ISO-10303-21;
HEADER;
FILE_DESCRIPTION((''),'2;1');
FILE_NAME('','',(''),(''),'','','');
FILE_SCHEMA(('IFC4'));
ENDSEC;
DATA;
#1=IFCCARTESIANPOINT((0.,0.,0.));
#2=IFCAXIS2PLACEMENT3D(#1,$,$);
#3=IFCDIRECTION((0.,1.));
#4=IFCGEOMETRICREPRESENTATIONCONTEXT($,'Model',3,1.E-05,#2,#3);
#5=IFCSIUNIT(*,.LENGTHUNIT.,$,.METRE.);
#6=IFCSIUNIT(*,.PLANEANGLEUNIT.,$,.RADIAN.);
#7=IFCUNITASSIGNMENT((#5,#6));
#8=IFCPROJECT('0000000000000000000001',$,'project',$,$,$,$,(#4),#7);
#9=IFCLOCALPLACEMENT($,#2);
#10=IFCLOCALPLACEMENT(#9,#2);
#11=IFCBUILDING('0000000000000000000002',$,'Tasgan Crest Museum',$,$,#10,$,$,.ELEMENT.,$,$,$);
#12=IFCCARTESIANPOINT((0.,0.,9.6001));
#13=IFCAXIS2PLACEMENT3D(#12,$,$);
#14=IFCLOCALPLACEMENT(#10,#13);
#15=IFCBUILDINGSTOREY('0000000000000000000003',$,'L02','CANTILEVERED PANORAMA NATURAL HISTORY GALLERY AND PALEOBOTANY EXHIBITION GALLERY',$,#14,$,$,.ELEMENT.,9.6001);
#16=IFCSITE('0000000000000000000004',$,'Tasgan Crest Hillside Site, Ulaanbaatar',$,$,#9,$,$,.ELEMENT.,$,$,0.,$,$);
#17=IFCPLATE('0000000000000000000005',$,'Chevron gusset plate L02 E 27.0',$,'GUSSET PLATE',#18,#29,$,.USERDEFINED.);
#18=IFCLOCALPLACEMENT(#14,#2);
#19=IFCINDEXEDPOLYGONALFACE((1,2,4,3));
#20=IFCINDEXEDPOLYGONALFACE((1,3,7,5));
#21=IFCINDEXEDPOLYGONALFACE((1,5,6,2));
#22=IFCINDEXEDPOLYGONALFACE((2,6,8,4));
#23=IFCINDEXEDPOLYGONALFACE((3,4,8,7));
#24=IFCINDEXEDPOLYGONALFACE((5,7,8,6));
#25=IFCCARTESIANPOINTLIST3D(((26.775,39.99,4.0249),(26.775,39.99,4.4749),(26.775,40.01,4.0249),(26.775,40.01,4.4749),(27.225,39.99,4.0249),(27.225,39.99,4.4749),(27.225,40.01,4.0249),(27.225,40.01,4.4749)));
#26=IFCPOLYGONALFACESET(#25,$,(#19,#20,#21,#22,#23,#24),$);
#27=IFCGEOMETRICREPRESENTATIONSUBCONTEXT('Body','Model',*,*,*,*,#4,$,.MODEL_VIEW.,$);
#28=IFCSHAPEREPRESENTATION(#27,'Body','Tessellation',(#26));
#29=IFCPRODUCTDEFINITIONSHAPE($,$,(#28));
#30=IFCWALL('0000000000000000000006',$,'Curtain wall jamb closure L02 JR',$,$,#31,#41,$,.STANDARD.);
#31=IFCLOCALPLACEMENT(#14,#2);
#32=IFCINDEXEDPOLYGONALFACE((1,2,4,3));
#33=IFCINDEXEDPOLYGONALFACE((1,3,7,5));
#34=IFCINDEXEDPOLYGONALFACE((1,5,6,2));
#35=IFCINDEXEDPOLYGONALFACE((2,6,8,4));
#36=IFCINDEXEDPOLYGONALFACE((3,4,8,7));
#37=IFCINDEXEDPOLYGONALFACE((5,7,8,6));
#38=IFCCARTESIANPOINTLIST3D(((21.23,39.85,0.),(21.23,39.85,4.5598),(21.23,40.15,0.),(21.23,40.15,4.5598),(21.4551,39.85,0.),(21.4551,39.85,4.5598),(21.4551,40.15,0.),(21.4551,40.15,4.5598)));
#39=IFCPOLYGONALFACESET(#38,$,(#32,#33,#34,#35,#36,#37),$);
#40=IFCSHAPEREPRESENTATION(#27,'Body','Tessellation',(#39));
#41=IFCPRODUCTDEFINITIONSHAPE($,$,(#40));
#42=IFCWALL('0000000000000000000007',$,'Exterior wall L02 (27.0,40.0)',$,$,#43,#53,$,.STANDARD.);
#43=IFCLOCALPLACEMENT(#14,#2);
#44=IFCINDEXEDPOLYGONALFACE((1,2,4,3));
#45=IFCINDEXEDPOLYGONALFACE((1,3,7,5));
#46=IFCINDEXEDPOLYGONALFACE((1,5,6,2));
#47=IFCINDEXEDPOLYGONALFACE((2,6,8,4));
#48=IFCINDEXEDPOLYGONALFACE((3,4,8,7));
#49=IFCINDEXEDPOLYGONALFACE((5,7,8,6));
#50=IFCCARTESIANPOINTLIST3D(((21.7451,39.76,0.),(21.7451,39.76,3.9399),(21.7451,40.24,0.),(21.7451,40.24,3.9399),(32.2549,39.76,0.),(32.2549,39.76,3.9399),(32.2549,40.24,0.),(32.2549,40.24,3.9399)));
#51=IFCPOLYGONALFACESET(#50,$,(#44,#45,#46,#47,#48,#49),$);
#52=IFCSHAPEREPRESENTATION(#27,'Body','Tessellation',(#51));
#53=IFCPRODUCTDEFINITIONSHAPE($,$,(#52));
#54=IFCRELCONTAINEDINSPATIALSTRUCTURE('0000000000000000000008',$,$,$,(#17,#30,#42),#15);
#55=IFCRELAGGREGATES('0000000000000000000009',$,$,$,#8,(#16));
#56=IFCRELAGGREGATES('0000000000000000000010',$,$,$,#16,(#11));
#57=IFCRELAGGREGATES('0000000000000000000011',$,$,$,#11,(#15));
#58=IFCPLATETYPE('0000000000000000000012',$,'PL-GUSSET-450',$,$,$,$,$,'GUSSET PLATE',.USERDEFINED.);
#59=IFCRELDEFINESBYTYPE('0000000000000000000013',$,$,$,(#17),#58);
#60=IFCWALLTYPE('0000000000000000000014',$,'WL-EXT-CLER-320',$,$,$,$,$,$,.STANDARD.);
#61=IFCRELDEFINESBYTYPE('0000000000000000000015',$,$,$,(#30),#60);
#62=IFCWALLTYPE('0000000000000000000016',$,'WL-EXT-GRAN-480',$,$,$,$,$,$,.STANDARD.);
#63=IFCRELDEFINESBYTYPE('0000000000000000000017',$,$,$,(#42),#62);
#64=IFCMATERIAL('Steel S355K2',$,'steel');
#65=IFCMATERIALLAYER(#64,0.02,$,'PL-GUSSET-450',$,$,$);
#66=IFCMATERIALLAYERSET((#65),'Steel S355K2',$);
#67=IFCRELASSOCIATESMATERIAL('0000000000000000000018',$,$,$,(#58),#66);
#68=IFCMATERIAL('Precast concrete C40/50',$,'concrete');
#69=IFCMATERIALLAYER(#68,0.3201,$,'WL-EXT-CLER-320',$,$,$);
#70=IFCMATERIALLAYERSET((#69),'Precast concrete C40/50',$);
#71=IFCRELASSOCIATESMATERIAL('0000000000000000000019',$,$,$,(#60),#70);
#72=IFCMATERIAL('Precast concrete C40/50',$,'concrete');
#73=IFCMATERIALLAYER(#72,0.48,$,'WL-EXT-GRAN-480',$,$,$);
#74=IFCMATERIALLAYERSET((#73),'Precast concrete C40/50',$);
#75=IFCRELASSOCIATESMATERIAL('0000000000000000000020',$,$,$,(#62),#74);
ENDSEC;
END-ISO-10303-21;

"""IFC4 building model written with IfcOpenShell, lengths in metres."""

from ifc_helpers import new_model, si_unit, direction, frame, frame_2d, origin, origin_2d, place, context, subcontext, project, spatial, rectangle, extrude, material, layer, layer_set, type_object, element, save


model = new_model("IFC4")

# Units and contexts
model_context = context("Model", 3, precision=1e-05, world=origin(), true_north=direction((0.0, 1.0)))
body_context = subcontext(model_context, "Body", "Model", "MODEL_VIEW")
ifc_project = project(units=[si_unit("LENGTHUNIT", "METRE"), si_unit("PLANEANGLEUNIT", "RADIAN")], contexts=[model_context])

# Site, building, storey
site_placement = place(None, origin())
site = spatial("IfcSite", under=ifc_project, at=site_placement, Name="Tasgan Crest Hillside Site, Ulaanbaatar", CompositionType="ELEMENT", RefElevation=0.0)
building_placement = place(site_placement, origin())
building = spatial("IfcBuilding", under=site, at=building_placement, Name="Tasgan Crest Museum", CompositionType="ELEMENT")
storey_placement = place(building_placement, frame((0.0, 0.0, 9.6001)))
storey = spatial("IfcBuildingStorey", under=building, at=storey_placement, Name="L02", Description="CANTILEVERED PANORAMA NATURAL HISTORY GALLERY AND PALEOBOTANY EXHIBITION GALLERY", CompositionType="ELEMENT", Elevation=9.6001)

# Plate
ifc_material_1 = material(Name="Steel S355K2", Category="steel")
ifc_layer_1 = layer(ifc_material_1, 0.02, Name="PL-GUSSET-450")
ifc_layer_set_1 = layer_set([ifc_layer_1], Name="Steel S355K2")
plate_type_1 = type_object("IfcPlateType", Name="PL-GUSSET-450", ElementType="GUSSET PLATE", PredefinedType="USERDEFINED", material=ifc_layer_set_1)
plate_1_placement = place(storey_placement, frame((27.0, 40.0, 4.0249), z_axis=(0.0, 0.0, 1.0), x_axis=(1.0, 0.0, 0.0)))
element("IfcPlate", 1, at=plate_1_placement, inside=storey, type_object=plate_type_1, Name="Chevron gusset plate L02 E 27.0", ObjectType="GUSSET PLATE", PredefinedType="USERDEFINED", context=body_context, shape_type="SweptSolid", body=[
    extrude(rectangle(XDim=0.45, YDim=0.02, at=origin_2d()), origin(), (0.0, 0.0, 1.0), 0.45),
])

# Walls
ifc_material_2 = material(Name="Precast concrete C40/50", Category="concrete")
ifc_layer_2 = layer(ifc_material_2, 0.3201, Name="WL-EXT-CLER-320")
ifc_layer_set_2 = layer_set([ifc_layer_2], Name="Precast concrete C40/50")
wall_type_1 = type_object("IfcWallType", Name="WL-EXT-CLER-320", PredefinedType="STANDARD", material=ifc_layer_set_2)
wall_1_placement = place(storey_placement, frame((21.23, 40.0, 0.0), z_axis=(0.0, 0.0, 1.0), x_axis=(1.0, 0.0, 0.0)))
element("IfcWall", 2, at=wall_1_placement, inside=storey, type_object=wall_type_1, Name="Curtain wall jamb closure L02 JR", PredefinedType="STANDARD", context=body_context, shape_type="SweptSolid", body=[
    extrude(rectangle(XDim=0.2251, YDim=0.3, at=frame_2d((0.1125, 0.0))), origin(), (0.0, 0.0, 1.0), 4.5598),
])
ifc_material_3 = material(Name="Precast concrete C40/50", Category="concrete")
ifc_layer_3 = layer(ifc_material_3, 0.48, Name="WL-EXT-GRAN-480")
ifc_layer_set_3 = layer_set([ifc_layer_3], Name="Precast concrete C40/50")
wall_type_2 = type_object("IfcWallType", Name="WL-EXT-GRAN-480", PredefinedType="STANDARD", material=ifc_layer_set_3)
wall_2_placement = place(storey_placement, frame((21.7451, 40.0, 0.0), z_axis=(0.0, 0.0, 1.0), x_axis=(1.0, 0.0, 0.0)))
element("IfcWall", 3, at=wall_2_placement, inside=storey, type_object=wall_type_2, Name="Exterior wall L02 (27.0,40.0)", PredefinedType="STANDARD", context=body_context, shape_type="SweptSolid", body=[
    extrude(rectangle(XDim=10.5098, YDim=0.48, at=frame_2d((5.2549, 0.0))), origin(), (0.0, 0.0, 1.0), 3.9399),
])

save(model, "model.ifc")
